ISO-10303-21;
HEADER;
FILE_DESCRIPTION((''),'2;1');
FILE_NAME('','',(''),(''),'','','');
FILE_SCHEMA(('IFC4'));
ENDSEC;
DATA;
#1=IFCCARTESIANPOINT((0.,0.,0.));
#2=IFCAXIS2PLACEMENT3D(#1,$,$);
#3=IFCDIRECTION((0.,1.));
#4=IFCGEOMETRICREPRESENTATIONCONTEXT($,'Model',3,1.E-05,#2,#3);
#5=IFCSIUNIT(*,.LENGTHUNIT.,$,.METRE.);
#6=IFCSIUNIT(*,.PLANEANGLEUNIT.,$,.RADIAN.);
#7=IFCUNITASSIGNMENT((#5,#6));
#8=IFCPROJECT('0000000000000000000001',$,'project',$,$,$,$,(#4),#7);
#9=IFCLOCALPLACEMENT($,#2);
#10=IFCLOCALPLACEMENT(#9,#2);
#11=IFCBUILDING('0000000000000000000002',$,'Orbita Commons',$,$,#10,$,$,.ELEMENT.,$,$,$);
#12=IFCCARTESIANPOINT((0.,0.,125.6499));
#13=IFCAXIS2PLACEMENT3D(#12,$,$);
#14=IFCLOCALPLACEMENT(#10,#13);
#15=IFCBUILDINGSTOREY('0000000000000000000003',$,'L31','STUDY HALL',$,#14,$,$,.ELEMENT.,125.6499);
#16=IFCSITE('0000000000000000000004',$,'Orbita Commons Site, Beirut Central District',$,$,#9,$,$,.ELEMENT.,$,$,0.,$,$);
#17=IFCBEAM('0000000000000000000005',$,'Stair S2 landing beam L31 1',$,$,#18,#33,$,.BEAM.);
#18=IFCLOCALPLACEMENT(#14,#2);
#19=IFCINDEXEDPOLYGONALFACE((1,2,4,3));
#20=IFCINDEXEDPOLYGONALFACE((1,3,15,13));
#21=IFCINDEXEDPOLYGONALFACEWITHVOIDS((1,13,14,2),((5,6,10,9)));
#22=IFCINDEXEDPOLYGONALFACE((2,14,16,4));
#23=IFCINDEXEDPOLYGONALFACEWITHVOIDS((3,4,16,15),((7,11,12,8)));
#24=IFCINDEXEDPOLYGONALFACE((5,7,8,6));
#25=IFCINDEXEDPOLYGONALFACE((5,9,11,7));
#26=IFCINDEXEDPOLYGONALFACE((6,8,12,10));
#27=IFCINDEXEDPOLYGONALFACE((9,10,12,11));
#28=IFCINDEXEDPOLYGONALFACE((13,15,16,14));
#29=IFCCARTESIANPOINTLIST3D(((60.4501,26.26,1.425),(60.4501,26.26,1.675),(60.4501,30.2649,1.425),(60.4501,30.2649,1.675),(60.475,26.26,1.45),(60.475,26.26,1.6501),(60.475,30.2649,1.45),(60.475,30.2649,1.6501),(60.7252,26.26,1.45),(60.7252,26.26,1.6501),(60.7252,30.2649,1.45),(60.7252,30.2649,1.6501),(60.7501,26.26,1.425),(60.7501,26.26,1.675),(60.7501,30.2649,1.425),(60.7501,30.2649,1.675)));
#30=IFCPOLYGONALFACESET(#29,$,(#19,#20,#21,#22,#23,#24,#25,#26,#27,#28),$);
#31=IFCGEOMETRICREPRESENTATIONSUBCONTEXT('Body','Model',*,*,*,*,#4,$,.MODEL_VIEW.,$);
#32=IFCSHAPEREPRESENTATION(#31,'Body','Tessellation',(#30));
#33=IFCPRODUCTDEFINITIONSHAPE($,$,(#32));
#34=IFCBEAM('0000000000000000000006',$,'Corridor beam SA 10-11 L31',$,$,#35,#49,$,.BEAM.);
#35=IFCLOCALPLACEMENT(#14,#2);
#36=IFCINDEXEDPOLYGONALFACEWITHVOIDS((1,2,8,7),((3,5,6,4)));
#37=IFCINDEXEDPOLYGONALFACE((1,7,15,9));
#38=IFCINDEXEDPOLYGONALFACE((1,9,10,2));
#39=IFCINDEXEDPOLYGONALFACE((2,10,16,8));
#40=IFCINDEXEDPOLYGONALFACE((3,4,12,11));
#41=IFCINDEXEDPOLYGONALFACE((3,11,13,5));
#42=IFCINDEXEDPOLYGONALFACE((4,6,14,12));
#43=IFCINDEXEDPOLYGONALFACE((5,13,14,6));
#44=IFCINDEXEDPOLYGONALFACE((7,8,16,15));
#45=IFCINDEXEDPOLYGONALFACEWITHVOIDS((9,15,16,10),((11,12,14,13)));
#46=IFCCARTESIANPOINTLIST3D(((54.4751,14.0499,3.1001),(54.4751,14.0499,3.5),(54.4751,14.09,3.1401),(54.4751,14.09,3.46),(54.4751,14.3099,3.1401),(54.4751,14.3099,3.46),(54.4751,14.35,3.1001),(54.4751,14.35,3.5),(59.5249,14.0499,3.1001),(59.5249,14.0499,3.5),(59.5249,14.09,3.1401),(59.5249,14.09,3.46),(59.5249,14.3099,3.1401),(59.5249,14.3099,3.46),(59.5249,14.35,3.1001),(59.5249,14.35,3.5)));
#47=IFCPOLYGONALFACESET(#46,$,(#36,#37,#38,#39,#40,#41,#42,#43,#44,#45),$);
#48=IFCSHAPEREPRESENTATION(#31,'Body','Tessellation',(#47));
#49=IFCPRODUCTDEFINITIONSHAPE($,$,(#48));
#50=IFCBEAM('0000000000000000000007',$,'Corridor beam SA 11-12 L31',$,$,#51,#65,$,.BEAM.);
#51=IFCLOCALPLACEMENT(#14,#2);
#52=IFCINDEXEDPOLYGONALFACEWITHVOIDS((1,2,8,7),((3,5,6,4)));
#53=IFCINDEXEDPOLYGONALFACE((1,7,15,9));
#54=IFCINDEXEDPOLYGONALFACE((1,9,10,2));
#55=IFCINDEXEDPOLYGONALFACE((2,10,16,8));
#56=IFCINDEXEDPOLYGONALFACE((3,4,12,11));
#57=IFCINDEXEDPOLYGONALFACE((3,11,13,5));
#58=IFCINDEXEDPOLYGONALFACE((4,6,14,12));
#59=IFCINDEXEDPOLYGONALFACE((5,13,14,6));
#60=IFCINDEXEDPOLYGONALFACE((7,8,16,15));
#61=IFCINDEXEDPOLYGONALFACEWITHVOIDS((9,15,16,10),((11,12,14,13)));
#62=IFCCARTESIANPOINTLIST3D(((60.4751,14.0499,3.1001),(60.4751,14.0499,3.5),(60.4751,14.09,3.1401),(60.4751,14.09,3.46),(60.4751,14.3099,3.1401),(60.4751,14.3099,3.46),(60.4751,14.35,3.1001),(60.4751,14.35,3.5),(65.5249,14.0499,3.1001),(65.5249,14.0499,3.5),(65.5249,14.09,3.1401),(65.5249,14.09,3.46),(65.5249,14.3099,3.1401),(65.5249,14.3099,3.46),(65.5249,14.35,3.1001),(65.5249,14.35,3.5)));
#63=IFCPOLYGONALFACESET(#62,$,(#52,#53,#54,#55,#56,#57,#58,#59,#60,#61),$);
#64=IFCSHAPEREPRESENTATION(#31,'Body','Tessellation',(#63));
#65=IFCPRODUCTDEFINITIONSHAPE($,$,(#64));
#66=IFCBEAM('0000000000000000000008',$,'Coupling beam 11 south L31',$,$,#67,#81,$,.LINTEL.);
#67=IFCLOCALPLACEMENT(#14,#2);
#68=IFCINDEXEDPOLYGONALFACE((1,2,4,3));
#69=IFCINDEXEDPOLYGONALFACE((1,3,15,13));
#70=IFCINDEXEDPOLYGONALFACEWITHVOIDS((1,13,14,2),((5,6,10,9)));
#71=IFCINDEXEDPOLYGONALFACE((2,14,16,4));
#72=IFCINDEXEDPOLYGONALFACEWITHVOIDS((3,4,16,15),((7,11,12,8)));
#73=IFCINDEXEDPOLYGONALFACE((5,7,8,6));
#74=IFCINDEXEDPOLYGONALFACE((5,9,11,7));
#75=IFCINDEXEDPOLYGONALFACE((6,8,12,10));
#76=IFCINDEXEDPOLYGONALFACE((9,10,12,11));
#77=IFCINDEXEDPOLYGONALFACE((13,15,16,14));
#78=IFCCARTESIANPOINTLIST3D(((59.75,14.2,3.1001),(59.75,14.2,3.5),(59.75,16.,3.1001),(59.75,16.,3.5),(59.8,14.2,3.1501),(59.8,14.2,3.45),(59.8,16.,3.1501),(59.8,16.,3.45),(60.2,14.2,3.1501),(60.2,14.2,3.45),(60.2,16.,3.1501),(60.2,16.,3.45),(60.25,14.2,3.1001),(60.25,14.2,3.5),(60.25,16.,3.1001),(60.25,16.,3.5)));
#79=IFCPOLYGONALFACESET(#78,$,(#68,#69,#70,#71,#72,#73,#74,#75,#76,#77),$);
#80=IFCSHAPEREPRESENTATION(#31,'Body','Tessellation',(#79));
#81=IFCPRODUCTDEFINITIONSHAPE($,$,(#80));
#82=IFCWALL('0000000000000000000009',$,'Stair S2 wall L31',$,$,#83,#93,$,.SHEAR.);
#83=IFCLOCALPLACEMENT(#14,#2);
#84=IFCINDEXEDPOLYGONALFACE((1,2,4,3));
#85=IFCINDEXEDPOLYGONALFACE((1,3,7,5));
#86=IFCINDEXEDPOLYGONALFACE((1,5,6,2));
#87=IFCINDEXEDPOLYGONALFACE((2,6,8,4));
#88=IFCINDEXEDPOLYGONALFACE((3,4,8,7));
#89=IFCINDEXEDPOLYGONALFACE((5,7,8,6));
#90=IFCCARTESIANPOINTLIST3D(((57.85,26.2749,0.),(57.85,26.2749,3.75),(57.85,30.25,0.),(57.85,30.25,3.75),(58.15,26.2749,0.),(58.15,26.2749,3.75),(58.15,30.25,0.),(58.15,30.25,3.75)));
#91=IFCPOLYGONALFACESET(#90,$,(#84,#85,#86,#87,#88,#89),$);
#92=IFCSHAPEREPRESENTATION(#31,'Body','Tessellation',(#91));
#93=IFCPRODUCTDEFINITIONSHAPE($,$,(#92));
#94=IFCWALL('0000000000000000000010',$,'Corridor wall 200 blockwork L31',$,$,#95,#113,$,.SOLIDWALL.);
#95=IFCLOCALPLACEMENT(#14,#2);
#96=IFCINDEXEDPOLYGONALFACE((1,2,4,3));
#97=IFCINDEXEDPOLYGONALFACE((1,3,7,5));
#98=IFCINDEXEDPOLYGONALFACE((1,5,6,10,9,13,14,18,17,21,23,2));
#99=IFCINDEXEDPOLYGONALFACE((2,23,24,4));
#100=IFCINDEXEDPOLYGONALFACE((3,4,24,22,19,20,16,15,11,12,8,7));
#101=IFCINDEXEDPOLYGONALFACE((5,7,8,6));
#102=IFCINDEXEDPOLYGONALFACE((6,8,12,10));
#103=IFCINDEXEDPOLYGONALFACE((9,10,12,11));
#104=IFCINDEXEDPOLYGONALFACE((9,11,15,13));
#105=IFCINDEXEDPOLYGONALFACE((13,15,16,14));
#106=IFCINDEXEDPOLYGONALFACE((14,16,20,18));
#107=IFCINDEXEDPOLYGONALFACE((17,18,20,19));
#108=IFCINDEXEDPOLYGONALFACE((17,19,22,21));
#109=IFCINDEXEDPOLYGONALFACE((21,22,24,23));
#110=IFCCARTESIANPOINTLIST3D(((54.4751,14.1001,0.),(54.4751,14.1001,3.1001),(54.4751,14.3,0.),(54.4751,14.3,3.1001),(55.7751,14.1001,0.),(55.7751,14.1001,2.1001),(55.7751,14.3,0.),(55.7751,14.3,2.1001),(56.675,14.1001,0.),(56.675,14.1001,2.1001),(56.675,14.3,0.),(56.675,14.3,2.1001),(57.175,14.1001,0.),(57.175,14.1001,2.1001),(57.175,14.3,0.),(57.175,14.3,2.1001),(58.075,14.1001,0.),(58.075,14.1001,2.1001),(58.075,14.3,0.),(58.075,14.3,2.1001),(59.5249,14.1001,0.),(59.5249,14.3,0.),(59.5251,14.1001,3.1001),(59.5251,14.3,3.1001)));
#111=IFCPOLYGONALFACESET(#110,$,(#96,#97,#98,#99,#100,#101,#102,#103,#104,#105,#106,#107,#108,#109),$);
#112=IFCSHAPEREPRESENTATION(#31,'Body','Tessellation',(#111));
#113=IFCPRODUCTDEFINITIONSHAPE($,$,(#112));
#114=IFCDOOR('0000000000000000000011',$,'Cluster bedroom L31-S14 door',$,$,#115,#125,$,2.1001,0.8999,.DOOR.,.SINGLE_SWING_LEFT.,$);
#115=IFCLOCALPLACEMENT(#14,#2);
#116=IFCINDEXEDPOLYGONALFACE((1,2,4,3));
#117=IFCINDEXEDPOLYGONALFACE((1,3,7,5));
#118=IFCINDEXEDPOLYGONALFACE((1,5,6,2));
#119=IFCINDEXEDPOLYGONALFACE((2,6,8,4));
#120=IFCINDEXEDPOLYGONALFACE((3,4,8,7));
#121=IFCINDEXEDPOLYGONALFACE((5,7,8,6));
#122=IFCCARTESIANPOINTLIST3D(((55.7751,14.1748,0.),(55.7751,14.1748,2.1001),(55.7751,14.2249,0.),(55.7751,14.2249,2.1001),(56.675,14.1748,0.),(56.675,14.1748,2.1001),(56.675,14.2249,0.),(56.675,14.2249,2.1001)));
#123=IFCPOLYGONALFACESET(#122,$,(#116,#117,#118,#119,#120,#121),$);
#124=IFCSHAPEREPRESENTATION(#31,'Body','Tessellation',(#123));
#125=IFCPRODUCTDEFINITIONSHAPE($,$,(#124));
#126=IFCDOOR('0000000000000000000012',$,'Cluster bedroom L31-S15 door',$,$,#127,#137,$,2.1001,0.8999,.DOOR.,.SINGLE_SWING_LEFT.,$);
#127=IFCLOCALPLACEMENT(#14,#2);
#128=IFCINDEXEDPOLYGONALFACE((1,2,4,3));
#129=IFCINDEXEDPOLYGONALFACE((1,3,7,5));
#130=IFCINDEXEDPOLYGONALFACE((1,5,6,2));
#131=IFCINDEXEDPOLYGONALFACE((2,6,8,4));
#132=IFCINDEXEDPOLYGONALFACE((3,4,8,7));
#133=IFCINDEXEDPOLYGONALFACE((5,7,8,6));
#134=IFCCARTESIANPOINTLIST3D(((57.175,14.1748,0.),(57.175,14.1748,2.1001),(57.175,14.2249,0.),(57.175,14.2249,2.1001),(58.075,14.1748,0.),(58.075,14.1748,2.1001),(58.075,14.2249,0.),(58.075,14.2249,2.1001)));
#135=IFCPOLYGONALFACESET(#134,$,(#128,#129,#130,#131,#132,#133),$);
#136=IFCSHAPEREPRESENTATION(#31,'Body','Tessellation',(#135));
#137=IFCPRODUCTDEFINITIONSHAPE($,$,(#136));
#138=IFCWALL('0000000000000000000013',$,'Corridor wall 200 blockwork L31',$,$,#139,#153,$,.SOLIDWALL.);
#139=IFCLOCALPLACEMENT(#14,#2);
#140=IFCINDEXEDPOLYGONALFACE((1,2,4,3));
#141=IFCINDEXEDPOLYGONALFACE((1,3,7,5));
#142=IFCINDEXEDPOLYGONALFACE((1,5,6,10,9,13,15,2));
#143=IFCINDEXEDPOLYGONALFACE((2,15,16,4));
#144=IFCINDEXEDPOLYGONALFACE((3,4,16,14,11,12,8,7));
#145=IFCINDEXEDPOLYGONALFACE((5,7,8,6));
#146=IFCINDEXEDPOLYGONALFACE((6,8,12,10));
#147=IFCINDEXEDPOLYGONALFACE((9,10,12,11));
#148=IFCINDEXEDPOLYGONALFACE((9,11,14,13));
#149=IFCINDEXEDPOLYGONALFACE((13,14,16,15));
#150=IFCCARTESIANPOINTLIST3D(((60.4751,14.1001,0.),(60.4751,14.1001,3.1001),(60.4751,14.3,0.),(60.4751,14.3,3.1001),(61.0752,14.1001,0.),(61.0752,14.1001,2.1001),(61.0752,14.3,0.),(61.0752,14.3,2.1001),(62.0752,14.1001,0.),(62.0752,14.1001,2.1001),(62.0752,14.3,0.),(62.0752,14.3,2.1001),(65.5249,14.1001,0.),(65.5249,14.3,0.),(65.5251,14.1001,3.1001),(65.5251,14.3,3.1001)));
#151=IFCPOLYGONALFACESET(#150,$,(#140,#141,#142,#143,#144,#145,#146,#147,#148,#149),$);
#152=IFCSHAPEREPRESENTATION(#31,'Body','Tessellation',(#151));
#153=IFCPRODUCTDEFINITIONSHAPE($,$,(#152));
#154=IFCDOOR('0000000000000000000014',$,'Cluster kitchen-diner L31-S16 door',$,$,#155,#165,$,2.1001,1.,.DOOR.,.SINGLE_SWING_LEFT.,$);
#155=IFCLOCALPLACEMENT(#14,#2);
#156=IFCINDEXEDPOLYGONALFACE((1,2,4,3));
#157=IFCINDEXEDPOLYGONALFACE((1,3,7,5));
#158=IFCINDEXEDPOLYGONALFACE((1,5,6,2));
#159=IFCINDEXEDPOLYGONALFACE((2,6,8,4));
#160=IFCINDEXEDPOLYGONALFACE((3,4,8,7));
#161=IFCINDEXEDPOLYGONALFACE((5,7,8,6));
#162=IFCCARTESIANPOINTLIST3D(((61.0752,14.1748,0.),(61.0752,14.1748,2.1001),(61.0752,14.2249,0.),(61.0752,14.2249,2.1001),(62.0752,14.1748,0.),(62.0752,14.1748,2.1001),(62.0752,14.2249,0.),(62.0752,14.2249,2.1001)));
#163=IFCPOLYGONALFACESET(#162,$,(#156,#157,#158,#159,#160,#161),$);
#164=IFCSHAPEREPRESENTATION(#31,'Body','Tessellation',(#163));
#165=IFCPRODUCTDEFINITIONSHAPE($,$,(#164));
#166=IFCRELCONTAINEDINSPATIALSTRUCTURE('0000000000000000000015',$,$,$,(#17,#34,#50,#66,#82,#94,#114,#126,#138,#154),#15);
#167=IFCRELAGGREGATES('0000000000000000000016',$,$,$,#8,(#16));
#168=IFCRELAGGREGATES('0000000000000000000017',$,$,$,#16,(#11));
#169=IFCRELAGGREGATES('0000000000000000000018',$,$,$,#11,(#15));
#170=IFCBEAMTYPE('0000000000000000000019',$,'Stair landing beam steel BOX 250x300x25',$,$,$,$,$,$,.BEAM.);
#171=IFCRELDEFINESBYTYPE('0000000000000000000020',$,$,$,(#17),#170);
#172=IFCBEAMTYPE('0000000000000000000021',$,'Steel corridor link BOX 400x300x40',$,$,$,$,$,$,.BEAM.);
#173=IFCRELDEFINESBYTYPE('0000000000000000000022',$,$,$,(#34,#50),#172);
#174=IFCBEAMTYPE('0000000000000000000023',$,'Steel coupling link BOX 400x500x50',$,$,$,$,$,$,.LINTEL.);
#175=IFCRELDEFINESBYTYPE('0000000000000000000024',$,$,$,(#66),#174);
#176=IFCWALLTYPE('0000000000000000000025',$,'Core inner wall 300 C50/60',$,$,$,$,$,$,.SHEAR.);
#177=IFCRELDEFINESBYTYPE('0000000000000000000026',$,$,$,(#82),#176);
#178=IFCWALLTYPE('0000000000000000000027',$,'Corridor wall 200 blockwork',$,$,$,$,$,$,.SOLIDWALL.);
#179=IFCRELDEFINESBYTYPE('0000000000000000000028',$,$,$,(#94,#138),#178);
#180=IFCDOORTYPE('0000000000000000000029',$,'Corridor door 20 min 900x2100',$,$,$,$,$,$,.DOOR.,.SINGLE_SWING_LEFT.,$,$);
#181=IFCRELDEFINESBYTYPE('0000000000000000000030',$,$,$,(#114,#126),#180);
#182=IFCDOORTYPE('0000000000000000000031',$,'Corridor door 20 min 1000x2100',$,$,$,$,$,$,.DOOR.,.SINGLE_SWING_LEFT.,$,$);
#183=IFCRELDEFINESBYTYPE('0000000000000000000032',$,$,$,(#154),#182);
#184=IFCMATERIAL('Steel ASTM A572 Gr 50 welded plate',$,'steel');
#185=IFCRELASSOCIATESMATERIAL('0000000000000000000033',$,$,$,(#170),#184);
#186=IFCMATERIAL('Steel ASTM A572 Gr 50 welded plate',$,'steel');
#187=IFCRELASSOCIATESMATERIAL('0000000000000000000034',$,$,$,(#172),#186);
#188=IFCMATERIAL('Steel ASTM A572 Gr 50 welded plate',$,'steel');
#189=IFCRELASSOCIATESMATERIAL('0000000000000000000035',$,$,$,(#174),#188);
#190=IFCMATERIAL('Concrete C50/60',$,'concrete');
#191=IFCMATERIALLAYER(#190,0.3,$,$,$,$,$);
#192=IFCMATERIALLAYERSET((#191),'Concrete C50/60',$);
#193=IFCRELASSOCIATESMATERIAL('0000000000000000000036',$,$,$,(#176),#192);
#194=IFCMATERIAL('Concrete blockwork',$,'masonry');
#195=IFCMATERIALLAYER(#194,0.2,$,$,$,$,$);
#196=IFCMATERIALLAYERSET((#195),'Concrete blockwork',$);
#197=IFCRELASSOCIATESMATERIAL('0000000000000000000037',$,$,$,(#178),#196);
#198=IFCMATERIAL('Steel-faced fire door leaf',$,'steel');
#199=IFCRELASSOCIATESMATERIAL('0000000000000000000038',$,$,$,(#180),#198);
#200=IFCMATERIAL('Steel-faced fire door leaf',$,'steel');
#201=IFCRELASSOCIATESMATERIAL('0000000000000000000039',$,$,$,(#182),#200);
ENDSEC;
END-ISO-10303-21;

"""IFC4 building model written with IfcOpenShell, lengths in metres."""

from ifc_helpers import new_model, si_unit, direction, frame, frame_2d, origin, origin_2d, place, context, subcontext, project, spatial, polyline, rectangle, hollow_rectangle, outline, extrude, material, layer, layer_set, material_profile, profile_set, type_object, element, fill, save


model = new_model("IFC4")

# Units and contexts
model_context = context("Model", 3, precision=1e-05, world=origin(), true_north=direction((0.0, 1.0)))
body_context = subcontext(model_context, "Body", "Model", "MODEL_VIEW")
ifc_project = project(units=[si_unit("LENGTHUNIT", "METRE"), si_unit("PLANEANGLEUNIT", "RADIAN")], contexts=[model_context])

# Site, building, storey
site_placement = place(None, origin())
site = spatial("IfcSite", under=ifc_project, at=site_placement, Name="Orbita Commons Site, Beirut Central District", CompositionType="ELEMENT", RefElevation=0.0)
building_placement = place(site_placement, origin())
building = spatial("IfcBuilding", under=site, at=building_placement, Name="Orbita Commons", CompositionType="ELEMENT")
storey_placement = place(building_placement, frame((0.0, 0.0, 125.6499)))
storey = spatial("IfcBuildingStorey", under=building, at=storey_placement, Name="L31", Description="STUDY HALL", CompositionType="ELEMENT", Elevation=125.6499)

# Beams
ifc_material_1 = material(Name="Steel ASTM A572 Gr 50 welded plate", Category="steel")
ifc_material_profile_1 = material_profile(ifc_material_1, hollow_rectangle(XDim=0.3, YDim=0.25, WallThickness=0.0249, at=origin_2d()), Name="BOX 250x300x25")
ifc_profile_set_1 = profile_set([ifc_material_profile_1], Name="Steel ASTM A572 Gr 50 welded plate")
beam_type_1 = type_object("IfcBeamType", Name="Stair landing beam steel BOX 250x300x25", PredefinedType="BEAM", material=ifc_profile_set_1)
beam_1_placement = place(storey_placement, frame((60.6001, 26.26, 1.55), z_axis=(0.0, 1.0, 0.0), x_axis=(-1.0, 0.0, 0.0)))
element("IfcBeam", 1, at=beam_1_placement, inside=storey, type_object=beam_type_1, Name="Stair S2 landing beam L31 1", PredefinedType="BEAM", context=body_context, shape_type="SweptSolid", body=[
    extrude(hollow_rectangle(XDim=0.3, YDim=0.25, WallThickness=0.0249, at=origin_2d()), origin(), (0.0, 0.0, 1.0), 4.0049),
])
ifc_material_2 = material(Name="Steel ASTM A572 Gr 50 welded plate", Category="steel")
ifc_material_profile_2 = material_profile(ifc_material_2, hollow_rectangle(XDim=0.3, YDim=0.3999, WallThickness=0.04, at=origin_2d()), Name="BOX 400x300x40")
ifc_profile_set_2 = profile_set([ifc_material_profile_2], Name="Steel ASTM A572 Gr 50 welded plate")
beam_type_2 = type_object("IfcBeamType", Name="Steel corridor link BOX 400x300x40", PredefinedType="BEAM", material=ifc_profile_set_2)
for number, where, z_axis, x_axis, name in (
    (2, (54.4751, 14.2, 3.3), (1.0, 0.0, 0.0), (0.0, 1.0, 0.0), "Corridor beam SA 10-11 L31"),
    (3, (60.4751, 14.2, 3.3), (1.0, 0.0, 0.0), (0.0, 1.0, 0.0), "Corridor beam SA 11-12 L31"),
):
    element("IfcBeam", number, at=place(storey_placement, frame(where, z_axis=z_axis, x_axis=x_axis)), inside=storey, type_object=beam_type_2, Name=name, PredefinedType="BEAM", context=body_context, shape_type="SweptSolid", body=[
        extrude(hollow_rectangle(XDim=0.3, YDim=0.3999, WallThickness=0.04, at=origin_2d()), origin(), (0.0, 0.0, 1.0), 5.0498),
    ])
ifc_material_3 = material(Name="Steel ASTM A572 Gr 50 welded plate", Category="steel")
ifc_material_profile_3 = material_profile(ifc_material_3, hollow_rectangle(XDim=0.5, YDim=0.3999, WallThickness=0.05, at=origin_2d()), Name="BOX 400x500x50")
ifc_profile_set_3 = profile_set([ifc_material_profile_3], Name="Steel ASTM A572 Gr 50 welded plate")
beam_type_3 = type_object("IfcBeamType", Name="Steel coupling link BOX 400x500x50", PredefinedType="LINTEL", material=ifc_profile_set_3)
beam_2_placement = place(storey_placement, frame((60.0, 14.2, 3.3), z_axis=(0.0, 1.0, 0.0), x_axis=(-1.0, 0.0, 0.0)))
element("IfcBeam", 4, at=beam_2_placement, inside=storey, type_object=beam_type_3, Name="Coupling beam 11 south L31", PredefinedType="LINTEL", context=body_context, shape_type="SweptSolid", body=[
    extrude(hollow_rectangle(XDim=0.5, YDim=0.3999, WallThickness=0.05, at=origin_2d()), origin(), (0.0, 0.0, 1.0), 1.8),
])

# Wall
ifc_material_4 = material(Name="Concrete C50/60", Category="concrete")
ifc_layer_1 = layer(ifc_material_4, 0.3)
ifc_layer_set_1 = layer_set([ifc_layer_1], Name="Concrete C50/60")
wall_type_1 = type_object("IfcWallType", Name="Core inner wall 300 C50/60", PredefinedType="SHEAR", material=ifc_layer_set_1)
wall_1_placement = place(storey_placement, frame((58.0, 26.2749, 0.0), z_axis=(0.0, 0.0, 1.0), x_axis=(0.0, 1.0, 0.0)))
element("IfcWall", 5, at=wall_1_placement, inside=storey, type_object=wall_type_1, Name="Stair S2 wall L31", PredefinedType="SHEAR", context=body_context, shape_type="SweptSolid", body=[
    extrude(rectangle(XDim=3.9751, YDim=0.3, at=frame_2d((1.9875, 0.0))), origin(), (0.0, 0.0, 1.0), 3.75),
])

# Wall, openings, doors
ifc_material_5 = material(Name="Concrete blockwork", Category="masonry")
ifc_layer_2 = layer(ifc_material_5, 0.2)
ifc_layer_set_2 = layer_set([ifc_layer_2], Name="Concrete blockwork")
wall_type_2 = type_object("IfcWallType", Name="Corridor wall 200 blockwork", PredefinedType="SOLIDWALL", material=ifc_layer_set_2)
wall_2_placement = place(storey_placement, frame((54.4751, 14.2, 0.0), z_axis=(0.0, 0.0, 1.0), x_axis=(1.0, 0.0, 0.0)))
wall_2 = element("IfcWall", 6, at=wall_2_placement, inside=storey, type_object=wall_type_2, Name="Corridor wall 200 blockwork L31", PredefinedType="SOLIDWALL", context=body_context, shape_type="SweptSolid", body=[
    extrude(outline(polyline([(0.0, 0.0), (5.0498, 0.0), (5.05, 3.1001), (0.0, 3.1001), (0.0, 0.0)])), frame((0.0, 0.1001, 0.0), z_axis=(0.0, -1.0, 0.0), x_axis=(1.0, 0.0, 0.0)), (0.0, 0.0, 1.0), 0.2),
])
opening_1_placement = place(wall_2_placement, frame((1.3, 0.0, 0.0)))
opening_1 = element("IfcOpeningElement", 7, at=opening_1_placement, cuts=wall_2, PredefinedType="OPENING", context=body_context, shape_type="SweptSolid", body=[
    extrude(rectangle(XDim=0.8999, YDim=2.1001, at=frame_2d((0.45, 1.05))), frame((0.0, 0.1099, 0.0), z_axis=(0.0, -1.0, 0.0), x_axis=(1.0, 0.0, 0.0)), (0.0, 0.0, 1.0), 0.22),
])
opening_2_placement = place(wall_2_placement, frame((2.7, 0.0, 0.0)))
opening_2 = element("IfcOpeningElement", 8, at=opening_2_placement, cuts=wall_2, PredefinedType="OPENING", context=body_context, shape_type="SweptSolid", body=[
    extrude(rectangle(XDim=0.8999, YDim=2.1001, at=frame_2d((0.45, 1.05))), frame((0.0, 0.1099, 0.0), z_axis=(0.0, -1.0, 0.0), x_axis=(1.0, 0.0, 0.0)), (0.0, 0.0, 1.0), 0.22),
])
ifc_material_6 = material(Name="Steel-faced fire door leaf", Category="steel")
door_type_1 = type_object("IfcDoorType", Name="Corridor door 20 min 900x2100", OperationType="SINGLE_SWING_LEFT", PredefinedType="DOOR", material=ifc_material_6)
door_1_placement = place(opening_1_placement, origin())
door_1 = element("IfcDoor", 9, at=door_1_placement, inside=storey, type_object=door_type_1, Name="Cluster bedroom L31-S14 door", OperationType="SINGLE_SWING_LEFT", OverallHeight=2.1001, OverallWidth=0.8999, PredefinedType="DOOR", context=body_context, shape_type="SweptSolid", body=[
    extrude(rectangle(XDim=0.8999, YDim=2.1001, at=frame_2d((0.45, 1.05))), frame((0.0, 0.0249, 0.0), z_axis=(0.0, -1.0, 0.0), x_axis=(1.0, 0.0, 0.0)), (0.0, 0.0, 1.0), 0.05),
])
fill(opening_1, door_1)
door_2_placement = place(opening_2_placement, origin())
door_2 = element("IfcDoor", 10, at=door_2_placement, inside=storey, type_object=door_type_1, Name="Cluster bedroom L31-S15 door", OperationType="SINGLE_SWING_LEFT", OverallHeight=2.1001, OverallWidth=0.8999, PredefinedType="DOOR", context=body_context, shape_type="SweptSolid", body=[
    extrude(rectangle(XDim=0.8999, YDim=2.1001, at=frame_2d((0.45, 1.05))), frame((0.0, 0.0249, 0.0), z_axis=(0.0, -1.0, 0.0), x_axis=(1.0, 0.0, 0.0)), (0.0, 0.0, 1.0), 0.05),
])
fill(opening_2, door_2)

# Wall, opening, door
wall_3_placement = place(storey_placement, frame((60.4751, 14.2, 0.0), z_axis=(0.0, 0.0, 1.0), x_axis=(1.0, 0.0, 0.0)))
wall_3 = element("IfcWall", 11, at=wall_3_placement, inside=storey, type_object=wall_type_2, Name="Corridor wall 200 blockwork L31", PredefinedType="SOLIDWALL", context=body_context, shape_type="SweptSolid", body=[
    extrude(outline(polyline([(0.0, 0.0), (5.0498, 0.0), (5.05, 3.1001), (0.0, 3.1001), (0.0, 0.0)])), frame((0.0, 0.1001, 0.0), z_axis=(0.0, -1.0, 0.0), x_axis=(1.0, 0.0, 0.0)), (0.0, 0.0, 1.0), 0.2),
])
opening_3_placement = place(wall_3_placement, frame((0.6001, 0.0, 0.0)))
opening_3 = element("IfcOpeningElement", 12, at=opening_3_placement, cuts=wall_3, PredefinedType="OPENING", context=body_context, shape_type="SweptSolid", body=[
    extrude(rectangle(XDim=1.0, YDim=2.1001, at=frame_2d((0.5, 1.05))), frame((0.0, 0.1099, 0.0), z_axis=(0.0, -1.0, 0.0), x_axis=(1.0, 0.0, 0.0)), (0.0, 0.0, 1.0), 0.22),
])
ifc_material_7 = material(Name="Steel-faced fire door leaf", Category="steel")
door_type_2 = type_object("IfcDoorType", Name="Corridor door 20 min 1000x2100", OperationType="SINGLE_SWING_LEFT", PredefinedType="DOOR", material=ifc_material_7)
door_3_placement = place(opening_3_placement, origin())
door_3 = element("IfcDoor", 13, at=door_3_placement, inside=storey, type_object=door_type_2, Name="Cluster kitchen-diner L31-S16 door", OperationType="SINGLE_SWING_LEFT", OverallHeight=2.1001, OverallWidth=1.0, PredefinedType="DOOR", context=body_context, shape_type="SweptSolid", body=[
    extrude(rectangle(XDim=1.0, YDim=2.1001, at=frame_2d((0.5, 1.05))), frame((0.0, 0.0249, 0.0), z_axis=(0.0, -1.0, 0.0), x_axis=(1.0, 0.0, 0.0)), (0.0, 0.0, 1.0), 0.05),
])
fill(opening_3, door_3)

save(model, "model.ifc")
